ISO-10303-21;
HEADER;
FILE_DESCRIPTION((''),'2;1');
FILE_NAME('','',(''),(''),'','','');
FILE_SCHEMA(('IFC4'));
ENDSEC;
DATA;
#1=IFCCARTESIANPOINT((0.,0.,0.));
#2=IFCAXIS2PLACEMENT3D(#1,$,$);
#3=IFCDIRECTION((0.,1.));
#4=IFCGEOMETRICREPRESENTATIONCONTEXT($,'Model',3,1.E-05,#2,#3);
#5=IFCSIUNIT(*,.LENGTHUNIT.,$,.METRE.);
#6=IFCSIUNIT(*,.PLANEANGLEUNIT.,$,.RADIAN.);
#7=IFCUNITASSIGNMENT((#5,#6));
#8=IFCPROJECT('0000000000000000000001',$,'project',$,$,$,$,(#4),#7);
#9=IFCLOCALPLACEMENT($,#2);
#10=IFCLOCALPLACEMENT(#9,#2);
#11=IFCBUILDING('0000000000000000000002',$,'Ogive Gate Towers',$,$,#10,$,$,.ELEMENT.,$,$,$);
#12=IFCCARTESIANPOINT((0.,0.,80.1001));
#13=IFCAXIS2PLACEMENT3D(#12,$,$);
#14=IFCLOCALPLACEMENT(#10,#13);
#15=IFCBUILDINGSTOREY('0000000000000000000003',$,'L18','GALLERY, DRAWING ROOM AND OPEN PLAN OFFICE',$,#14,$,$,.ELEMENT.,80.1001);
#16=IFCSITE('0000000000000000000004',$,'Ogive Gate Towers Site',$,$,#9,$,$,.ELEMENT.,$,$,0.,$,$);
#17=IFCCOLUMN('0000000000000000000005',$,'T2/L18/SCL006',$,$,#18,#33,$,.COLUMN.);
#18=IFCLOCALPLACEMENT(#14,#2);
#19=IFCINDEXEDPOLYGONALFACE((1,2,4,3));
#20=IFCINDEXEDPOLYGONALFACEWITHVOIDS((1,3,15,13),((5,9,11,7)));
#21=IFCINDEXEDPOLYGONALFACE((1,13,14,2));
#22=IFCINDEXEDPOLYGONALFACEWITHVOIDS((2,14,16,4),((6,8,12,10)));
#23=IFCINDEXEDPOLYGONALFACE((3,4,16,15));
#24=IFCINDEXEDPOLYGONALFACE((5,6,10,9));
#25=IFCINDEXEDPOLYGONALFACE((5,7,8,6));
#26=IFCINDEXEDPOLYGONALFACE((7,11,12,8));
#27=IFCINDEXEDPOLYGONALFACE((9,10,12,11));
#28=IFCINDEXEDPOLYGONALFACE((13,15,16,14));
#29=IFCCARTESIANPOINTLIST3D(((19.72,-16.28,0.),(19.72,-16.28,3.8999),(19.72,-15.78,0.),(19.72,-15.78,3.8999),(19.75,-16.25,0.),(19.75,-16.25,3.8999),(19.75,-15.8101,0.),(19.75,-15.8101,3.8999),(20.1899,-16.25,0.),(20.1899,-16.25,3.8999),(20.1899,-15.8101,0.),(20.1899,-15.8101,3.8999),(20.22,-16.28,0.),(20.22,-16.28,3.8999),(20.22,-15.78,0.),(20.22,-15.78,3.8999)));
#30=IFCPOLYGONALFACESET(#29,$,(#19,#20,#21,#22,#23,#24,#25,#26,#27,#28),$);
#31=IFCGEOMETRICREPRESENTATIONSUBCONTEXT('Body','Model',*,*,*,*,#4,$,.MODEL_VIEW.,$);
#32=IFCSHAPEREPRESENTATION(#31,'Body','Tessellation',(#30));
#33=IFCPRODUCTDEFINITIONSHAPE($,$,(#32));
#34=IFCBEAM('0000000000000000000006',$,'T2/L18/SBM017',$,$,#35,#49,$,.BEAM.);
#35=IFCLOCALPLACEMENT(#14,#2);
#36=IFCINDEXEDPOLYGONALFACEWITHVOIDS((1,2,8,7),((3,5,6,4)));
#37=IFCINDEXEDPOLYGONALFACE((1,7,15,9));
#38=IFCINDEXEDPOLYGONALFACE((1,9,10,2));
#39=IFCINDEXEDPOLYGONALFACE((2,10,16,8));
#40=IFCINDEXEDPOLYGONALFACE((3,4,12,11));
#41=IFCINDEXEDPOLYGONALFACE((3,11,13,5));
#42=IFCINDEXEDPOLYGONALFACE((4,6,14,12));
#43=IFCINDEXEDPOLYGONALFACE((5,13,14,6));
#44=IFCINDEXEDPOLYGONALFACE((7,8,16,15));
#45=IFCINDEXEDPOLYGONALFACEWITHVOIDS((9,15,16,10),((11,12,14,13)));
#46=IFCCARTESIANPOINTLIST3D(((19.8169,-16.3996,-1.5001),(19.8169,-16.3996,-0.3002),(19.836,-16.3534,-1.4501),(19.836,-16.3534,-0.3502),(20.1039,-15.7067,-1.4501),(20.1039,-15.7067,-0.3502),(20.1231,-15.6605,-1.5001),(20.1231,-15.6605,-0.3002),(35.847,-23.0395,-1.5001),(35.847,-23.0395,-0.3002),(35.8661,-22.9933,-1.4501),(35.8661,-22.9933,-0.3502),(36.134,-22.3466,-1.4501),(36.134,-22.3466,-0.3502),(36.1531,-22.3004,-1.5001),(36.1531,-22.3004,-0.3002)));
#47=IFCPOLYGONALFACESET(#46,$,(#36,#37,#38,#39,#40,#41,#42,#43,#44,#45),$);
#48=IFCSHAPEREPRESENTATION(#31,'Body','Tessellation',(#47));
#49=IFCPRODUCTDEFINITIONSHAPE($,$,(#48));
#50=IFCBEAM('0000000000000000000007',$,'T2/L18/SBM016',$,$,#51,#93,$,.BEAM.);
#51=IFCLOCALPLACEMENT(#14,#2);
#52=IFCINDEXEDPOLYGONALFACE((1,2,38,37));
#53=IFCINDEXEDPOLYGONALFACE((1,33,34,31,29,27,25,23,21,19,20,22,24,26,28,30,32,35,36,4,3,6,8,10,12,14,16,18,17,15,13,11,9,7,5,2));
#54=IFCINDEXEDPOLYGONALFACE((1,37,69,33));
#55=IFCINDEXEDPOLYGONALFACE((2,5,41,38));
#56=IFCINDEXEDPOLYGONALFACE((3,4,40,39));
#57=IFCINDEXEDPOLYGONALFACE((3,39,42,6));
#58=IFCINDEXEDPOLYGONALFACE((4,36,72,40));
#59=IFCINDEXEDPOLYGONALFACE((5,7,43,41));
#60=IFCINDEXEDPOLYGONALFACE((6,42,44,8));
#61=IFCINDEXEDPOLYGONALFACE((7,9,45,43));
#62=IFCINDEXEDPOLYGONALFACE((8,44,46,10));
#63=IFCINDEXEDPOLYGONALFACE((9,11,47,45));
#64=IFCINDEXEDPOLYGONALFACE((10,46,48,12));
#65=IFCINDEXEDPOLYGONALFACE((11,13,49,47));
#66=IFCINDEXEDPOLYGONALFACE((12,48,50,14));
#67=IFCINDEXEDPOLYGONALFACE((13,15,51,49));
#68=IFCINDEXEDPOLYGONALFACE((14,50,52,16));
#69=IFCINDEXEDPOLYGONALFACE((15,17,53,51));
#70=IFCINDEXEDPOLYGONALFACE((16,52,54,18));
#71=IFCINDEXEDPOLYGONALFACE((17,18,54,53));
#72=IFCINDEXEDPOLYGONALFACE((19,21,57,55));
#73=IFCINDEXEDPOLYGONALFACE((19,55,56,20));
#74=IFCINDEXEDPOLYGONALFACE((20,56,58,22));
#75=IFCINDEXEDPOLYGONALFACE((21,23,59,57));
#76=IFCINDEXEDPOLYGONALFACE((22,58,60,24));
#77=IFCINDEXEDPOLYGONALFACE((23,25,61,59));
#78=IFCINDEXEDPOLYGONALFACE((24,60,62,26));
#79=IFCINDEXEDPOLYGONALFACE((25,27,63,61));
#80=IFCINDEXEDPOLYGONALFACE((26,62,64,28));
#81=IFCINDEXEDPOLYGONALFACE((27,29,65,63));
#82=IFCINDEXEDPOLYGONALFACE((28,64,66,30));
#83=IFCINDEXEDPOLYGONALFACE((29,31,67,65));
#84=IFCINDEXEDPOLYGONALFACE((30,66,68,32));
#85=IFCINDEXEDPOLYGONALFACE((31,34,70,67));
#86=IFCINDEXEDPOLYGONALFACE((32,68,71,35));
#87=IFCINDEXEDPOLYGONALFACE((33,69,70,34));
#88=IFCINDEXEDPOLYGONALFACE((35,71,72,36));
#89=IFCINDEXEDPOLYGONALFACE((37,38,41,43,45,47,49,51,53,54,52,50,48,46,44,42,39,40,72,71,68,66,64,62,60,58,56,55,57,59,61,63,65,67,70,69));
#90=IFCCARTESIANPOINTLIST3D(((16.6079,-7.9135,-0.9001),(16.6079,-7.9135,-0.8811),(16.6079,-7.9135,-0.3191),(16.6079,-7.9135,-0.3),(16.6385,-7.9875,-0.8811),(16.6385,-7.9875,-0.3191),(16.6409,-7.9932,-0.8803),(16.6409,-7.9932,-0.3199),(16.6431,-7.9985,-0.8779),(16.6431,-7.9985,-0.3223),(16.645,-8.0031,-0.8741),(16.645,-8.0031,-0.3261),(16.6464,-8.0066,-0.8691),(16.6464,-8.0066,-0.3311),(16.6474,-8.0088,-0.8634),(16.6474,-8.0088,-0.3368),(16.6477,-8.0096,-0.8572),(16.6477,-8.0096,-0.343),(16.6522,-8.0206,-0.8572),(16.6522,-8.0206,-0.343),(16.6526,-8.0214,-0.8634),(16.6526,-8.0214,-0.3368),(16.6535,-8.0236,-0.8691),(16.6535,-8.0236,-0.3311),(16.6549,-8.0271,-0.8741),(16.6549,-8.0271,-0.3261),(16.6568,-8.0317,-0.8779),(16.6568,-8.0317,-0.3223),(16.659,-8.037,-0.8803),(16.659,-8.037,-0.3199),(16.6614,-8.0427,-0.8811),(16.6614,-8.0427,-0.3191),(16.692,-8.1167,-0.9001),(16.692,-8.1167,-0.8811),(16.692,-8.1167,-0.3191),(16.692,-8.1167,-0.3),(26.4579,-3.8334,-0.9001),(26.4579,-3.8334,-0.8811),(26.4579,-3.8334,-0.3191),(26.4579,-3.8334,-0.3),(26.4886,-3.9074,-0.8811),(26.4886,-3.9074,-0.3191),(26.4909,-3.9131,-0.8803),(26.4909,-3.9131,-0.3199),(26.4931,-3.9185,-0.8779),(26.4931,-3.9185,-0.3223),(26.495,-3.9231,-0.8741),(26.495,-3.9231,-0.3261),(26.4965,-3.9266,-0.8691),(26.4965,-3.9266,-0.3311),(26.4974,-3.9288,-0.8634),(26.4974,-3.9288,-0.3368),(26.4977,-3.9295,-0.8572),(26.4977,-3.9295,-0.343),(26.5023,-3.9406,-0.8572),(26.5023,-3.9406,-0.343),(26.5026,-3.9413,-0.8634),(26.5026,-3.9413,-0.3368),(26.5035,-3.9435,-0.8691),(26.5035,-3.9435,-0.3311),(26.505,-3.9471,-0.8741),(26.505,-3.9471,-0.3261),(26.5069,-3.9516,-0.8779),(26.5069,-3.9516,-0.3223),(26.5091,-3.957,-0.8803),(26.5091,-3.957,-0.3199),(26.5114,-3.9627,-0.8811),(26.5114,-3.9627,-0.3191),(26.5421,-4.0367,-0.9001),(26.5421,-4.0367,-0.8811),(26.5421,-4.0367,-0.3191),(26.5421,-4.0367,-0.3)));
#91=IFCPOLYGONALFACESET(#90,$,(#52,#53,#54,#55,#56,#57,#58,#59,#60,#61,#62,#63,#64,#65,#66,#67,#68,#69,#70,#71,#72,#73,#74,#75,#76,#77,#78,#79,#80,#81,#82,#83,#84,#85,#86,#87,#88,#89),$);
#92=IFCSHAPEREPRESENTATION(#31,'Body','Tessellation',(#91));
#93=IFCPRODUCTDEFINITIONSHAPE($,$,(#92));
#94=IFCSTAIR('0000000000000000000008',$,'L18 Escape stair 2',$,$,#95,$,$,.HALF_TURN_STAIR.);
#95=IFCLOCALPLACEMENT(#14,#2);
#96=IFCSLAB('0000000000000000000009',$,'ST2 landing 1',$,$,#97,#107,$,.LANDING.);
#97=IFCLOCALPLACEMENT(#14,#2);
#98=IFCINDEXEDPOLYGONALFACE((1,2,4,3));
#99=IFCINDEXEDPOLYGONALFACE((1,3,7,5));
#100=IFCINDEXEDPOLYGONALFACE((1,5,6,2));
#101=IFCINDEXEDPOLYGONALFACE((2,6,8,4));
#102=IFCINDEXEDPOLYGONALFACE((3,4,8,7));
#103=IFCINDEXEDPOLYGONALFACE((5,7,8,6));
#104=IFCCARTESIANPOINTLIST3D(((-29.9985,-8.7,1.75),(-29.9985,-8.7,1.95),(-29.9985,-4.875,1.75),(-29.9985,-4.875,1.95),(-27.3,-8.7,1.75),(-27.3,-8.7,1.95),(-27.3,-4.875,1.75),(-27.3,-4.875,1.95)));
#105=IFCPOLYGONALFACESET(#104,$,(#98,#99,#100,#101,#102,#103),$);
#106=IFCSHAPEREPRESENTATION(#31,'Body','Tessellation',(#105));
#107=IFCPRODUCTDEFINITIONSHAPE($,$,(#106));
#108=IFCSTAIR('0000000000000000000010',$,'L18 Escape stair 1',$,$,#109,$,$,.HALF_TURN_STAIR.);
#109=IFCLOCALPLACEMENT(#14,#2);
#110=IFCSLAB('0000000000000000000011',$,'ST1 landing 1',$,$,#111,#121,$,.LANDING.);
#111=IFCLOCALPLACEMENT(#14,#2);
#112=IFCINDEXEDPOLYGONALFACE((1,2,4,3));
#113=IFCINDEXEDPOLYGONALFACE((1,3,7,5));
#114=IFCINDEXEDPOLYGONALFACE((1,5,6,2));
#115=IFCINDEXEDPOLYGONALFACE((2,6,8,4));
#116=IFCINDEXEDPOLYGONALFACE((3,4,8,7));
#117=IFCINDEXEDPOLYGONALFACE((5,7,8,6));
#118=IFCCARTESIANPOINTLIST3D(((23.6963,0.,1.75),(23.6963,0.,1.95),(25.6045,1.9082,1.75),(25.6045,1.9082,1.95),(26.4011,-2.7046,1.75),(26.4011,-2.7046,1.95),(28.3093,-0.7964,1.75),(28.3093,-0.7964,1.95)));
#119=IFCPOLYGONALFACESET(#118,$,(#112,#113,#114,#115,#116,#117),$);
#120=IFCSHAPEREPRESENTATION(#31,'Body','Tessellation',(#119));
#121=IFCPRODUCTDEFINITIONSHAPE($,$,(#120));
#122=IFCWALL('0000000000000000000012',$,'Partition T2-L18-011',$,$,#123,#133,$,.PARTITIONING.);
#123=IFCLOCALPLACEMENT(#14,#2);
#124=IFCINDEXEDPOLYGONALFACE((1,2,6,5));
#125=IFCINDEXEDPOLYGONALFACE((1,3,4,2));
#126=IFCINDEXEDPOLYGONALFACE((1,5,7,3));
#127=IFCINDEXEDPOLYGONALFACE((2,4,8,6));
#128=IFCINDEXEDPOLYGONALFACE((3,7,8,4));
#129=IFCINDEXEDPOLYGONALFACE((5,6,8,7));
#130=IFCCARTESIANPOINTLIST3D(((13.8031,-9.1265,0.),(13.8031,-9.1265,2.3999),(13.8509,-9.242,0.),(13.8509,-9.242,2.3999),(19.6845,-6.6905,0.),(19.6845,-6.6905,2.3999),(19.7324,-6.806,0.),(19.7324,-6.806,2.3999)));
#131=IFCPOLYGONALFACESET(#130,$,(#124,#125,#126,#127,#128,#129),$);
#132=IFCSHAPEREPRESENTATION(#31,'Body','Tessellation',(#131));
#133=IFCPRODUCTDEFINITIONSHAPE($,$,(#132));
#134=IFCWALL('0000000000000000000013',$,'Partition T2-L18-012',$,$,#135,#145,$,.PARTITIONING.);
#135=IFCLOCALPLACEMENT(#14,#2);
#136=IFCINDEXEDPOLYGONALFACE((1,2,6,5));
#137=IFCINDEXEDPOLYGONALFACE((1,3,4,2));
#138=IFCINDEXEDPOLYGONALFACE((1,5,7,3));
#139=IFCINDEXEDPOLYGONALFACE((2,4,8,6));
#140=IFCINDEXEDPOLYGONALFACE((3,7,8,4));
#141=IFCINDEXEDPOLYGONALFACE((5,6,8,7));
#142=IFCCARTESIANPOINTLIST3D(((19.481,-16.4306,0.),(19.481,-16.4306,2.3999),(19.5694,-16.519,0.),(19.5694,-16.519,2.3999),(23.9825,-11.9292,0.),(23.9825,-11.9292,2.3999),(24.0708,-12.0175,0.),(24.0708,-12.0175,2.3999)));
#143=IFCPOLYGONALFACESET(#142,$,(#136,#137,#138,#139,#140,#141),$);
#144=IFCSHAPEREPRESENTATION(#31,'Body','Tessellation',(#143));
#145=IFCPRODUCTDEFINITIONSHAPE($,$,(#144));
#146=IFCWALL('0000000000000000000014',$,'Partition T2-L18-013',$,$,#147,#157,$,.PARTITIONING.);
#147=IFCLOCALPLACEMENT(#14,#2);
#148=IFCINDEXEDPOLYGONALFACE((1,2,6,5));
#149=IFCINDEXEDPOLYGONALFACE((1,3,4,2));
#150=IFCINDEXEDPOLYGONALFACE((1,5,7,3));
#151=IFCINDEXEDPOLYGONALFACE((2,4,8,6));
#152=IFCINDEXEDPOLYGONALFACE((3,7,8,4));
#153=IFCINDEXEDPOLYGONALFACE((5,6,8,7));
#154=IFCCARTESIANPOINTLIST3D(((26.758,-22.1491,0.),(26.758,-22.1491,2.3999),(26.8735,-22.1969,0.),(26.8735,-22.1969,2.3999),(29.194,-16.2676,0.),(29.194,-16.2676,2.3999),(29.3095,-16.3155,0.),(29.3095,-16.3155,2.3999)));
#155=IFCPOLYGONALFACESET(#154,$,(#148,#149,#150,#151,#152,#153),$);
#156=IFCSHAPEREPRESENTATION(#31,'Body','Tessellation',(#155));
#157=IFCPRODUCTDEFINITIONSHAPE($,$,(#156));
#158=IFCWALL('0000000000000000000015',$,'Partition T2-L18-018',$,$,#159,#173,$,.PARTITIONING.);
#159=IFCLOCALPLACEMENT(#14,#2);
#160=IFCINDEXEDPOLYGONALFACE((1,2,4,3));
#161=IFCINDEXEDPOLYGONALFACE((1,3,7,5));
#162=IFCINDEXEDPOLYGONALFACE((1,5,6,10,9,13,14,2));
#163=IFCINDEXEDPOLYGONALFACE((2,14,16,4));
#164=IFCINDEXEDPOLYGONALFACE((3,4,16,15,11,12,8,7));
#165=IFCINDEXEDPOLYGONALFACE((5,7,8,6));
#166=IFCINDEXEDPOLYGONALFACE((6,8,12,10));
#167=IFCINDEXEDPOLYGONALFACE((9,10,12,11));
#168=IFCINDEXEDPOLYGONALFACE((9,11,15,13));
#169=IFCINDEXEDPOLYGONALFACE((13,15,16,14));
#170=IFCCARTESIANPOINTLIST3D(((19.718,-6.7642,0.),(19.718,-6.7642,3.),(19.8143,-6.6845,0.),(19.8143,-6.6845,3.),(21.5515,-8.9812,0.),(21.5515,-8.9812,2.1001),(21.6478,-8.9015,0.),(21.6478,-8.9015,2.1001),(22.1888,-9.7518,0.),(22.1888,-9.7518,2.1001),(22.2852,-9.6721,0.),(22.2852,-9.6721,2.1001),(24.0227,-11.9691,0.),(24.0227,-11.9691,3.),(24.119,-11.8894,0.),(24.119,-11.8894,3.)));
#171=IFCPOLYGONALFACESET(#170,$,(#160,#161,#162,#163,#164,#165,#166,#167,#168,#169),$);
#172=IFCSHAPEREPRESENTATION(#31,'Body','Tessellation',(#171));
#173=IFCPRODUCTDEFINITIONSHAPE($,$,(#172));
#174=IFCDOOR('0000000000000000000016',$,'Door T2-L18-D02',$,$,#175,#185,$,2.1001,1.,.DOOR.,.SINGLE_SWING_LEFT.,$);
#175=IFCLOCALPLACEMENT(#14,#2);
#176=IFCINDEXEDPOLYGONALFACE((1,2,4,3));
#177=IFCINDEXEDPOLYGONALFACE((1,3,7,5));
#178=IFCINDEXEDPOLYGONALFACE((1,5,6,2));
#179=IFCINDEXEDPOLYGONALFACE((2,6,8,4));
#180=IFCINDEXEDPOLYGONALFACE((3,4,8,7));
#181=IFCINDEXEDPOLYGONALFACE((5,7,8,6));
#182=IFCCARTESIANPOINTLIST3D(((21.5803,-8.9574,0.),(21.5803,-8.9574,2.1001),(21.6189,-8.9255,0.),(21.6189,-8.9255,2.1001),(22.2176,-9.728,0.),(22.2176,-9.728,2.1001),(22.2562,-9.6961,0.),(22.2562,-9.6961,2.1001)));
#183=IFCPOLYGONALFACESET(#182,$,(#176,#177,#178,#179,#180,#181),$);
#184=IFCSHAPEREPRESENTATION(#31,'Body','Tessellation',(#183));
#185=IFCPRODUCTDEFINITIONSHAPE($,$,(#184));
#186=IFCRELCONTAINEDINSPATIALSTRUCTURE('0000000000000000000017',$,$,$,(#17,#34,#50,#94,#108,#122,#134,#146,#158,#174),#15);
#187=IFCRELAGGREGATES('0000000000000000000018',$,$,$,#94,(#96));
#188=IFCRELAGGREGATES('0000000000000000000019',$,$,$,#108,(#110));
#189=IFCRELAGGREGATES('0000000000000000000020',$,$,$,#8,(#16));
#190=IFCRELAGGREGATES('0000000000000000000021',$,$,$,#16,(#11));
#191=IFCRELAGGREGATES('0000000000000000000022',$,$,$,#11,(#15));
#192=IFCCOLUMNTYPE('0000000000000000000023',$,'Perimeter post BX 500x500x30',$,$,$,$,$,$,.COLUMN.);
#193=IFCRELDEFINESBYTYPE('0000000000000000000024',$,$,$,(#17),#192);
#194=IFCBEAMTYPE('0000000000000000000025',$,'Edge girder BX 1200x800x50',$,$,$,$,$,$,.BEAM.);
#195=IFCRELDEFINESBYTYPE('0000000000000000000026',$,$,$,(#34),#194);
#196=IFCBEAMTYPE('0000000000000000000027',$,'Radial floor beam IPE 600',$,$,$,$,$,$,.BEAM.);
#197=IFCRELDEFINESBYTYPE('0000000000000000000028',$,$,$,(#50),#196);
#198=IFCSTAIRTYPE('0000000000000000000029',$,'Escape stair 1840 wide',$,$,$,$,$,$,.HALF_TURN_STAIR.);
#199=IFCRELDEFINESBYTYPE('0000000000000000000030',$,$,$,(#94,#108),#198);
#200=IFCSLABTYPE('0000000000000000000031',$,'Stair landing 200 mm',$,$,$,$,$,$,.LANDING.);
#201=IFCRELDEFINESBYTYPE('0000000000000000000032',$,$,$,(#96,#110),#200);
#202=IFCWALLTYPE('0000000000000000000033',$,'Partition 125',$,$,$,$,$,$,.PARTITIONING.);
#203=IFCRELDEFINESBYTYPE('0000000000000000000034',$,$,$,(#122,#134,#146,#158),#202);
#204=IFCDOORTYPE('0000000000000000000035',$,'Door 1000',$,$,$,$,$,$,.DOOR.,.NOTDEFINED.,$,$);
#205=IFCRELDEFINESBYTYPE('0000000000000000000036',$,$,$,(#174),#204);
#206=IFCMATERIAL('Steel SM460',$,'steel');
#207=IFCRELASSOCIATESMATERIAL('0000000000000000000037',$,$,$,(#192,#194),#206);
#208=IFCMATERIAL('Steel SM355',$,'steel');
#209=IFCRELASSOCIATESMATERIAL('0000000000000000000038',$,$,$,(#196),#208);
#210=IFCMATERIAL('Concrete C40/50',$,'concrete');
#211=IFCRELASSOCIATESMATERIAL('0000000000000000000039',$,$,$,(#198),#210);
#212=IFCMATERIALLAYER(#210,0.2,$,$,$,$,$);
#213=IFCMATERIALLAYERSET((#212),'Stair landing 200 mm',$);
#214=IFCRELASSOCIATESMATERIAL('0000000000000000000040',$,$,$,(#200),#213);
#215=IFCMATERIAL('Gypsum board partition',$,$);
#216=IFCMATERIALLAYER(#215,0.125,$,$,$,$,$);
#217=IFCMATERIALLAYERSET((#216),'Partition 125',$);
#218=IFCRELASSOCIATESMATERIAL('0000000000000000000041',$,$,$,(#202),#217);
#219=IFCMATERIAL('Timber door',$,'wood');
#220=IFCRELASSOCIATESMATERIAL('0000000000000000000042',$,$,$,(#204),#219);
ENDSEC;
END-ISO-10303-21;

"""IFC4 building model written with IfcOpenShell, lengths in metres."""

from ifc_helpers import new_model, si_unit, direction, frame, frame_2d, origin, origin_2d, place, context, subcontext, project, spatial, polyline, rectangle, hollow_rectangle, i_section, outline, extrude, material, layer, layer_set, material_profile, profile_set, type_object, element, fill, aggregate, save


model = new_model("IFC4")

# Units and contexts
model_context = context("Model", 3, precision=1e-05, world=origin(), true_north=direction((0.0, 1.0)))
body_context = subcontext(model_context, "Body", "Model", "MODEL_VIEW")
ifc_project = project(units=[si_unit("LENGTHUNIT", "METRE"), si_unit("PLANEANGLEUNIT", "RADIAN")], contexts=[model_context])

# Site, building, storey
site_placement = place(None, origin())
site = spatial("IfcSite", under=ifc_project, at=site_placement, Name="Ogive Gate Towers Site", CompositionType="ELEMENT", RefElevation=0.0)
building_placement = place(site_placement, origin())
building = spatial("IfcBuilding", under=site, at=building_placement, Name="Ogive Gate Towers", CompositionType="ELEMENT")
storey_placement = place(building_placement, frame((0.0, 0.0, 80.1001)))
storey = spatial("IfcBuildingStorey", under=building, at=storey_placement, Name="L18", Description="GALLERY, DRAWING ROOM AND OPEN PLAN OFFICE", CompositionType="ELEMENT", Elevation=80.1001)

# Column
ifc_material_1 = material(Name="Steel SM460", Category="steel")
ifc_material_profile_1 = material_profile(ifc_material_1, hollow_rectangle(XDim=0.5, YDim=0.5, WallThickness=0.03, at=origin_2d()), Name="BX 500x500x30")
ifc_profile_set_1 = profile_set([ifc_material_profile_1], Name="Steel SM460")
column_type = type_object("IfcColumnType", Name="Perimeter post BX 500x500x30", PredefinedType="COLUMN", material=ifc_profile_set_1)
column_placement = place(storey_placement, frame((19.97, -16.03, 0.0), z_axis=(0.0, 0.0, 1.0), x_axis=(1.0, 0.0, 0.0)))
element("IfcColumn", 1, at=column_placement, inside=storey, type_object=column_type, Name="T2/L18/SCL006", PredefinedType="COLUMN", context=body_context, shape_type="SweptSolid", body=[
    extrude(hollow_rectangle(XDim=0.5, YDim=0.5, WallThickness=0.03, at=origin_2d()), origin(), (0.0, 0.0, 1.0), 3.8999),
])

# Beams
ifc_material_profile_2 = material_profile(ifc_material_1, hollow_rectangle(XDim=0.8, YDim=1.2, WallThickness=0.05, at=origin_2d()), Name="BX 1200x800x50")
ifc_profile_set_2 = profile_set([ifc_material_profile_2], Name="Steel SM460")
beam_type_1 = type_object("IfcBeamType", Name="Edge girder BX 1200x800x50", PredefinedType="BEAM", material=ifc_profile_set_2)
beam_1_placement = place(storey_placement, frame((19.97, -16.03, -0.9001), z_axis=(0.923879, -0.382685, 0.0), x_axis=(0.382685, 0.923879, 0.0)))
element("IfcBeam", 2, at=beam_1_placement, inside=storey, type_object=beam_type_1, Name="T2/L18/SBM017", PredefinedType="BEAM", context=body_context, shape_type="SweptSolid", body=[
    extrude(hollow_rectangle(XDim=0.8, YDim=1.2, WallThickness=0.05, at=origin_2d()), origin(), (0.0, 0.0, 1.0), 17.3508),
])
ifc_material_2 = material(Name="Steel SM355", Category="steel")
ifc_material_profile_3 = material_profile(ifc_material_2, i_section(OverallWidth=0.22, OverallDepth=0.6001, WebThickness=0.012, FlangeThickness=0.019, FilletRadius=0.0239, at=origin_2d()), Name="IPE 600")
ifc_profile_set_3 = profile_set([ifc_material_profile_3], Name="Steel SM355")
beam_type_2 = type_object("IfcBeamType", Name="Radial floor beam IPE 600", PredefinedType="BEAM", material=ifc_profile_set_3)
beam_2_placement = place(storey_placement, frame((26.5, -3.9351, -0.6001), z_axis=(-0.923878, -0.382686, 0.0), x_axis=(0.382686, -0.923878, 0.0)))
element("IfcBeam", 3, at=beam_2_placement, inside=storey, type_object=beam_type_2, Name="T2/L18/SBM016", PredefinedType="BEAM", context=body_context, shape_type="SweptSolid", body=[
    extrude(i_section(OverallWidth=0.22, OverallDepth=0.6001, WebThickness=0.012, FlangeThickness=0.019, FilletRadius=0.0239, at=origin_2d()), origin(), (0.0, 0.0, 1.0), 10.6616),
])

# Stairs, slabs
ifc_material_3 = material(Name="Concrete C40/50", Category="concrete")
stair_type = type_object("IfcStairType", Name="Escape stair 1840 wide", PredefinedType="HALF_TURN_STAIR", material=ifc_material_3)
stair_1_placement = place(storey_placement, origin())
stair_1 = element("IfcStair", 4, at=stair_1_placement, inside=storey, type_object=stair_type, Name="L18 Escape stair 2", PredefinedType="HALF_TURN_STAIR")
ifc_layer_1 = layer(ifc_material_3, 0.2)
ifc_layer_set_1 = layer_set([ifc_layer_1], Name="Stair landing 200 mm")
slab_type = type_object("IfcSlabType", Name="Stair landing 200 mm", PredefinedType="LANDING", material=ifc_layer_set_1)
slab_1_placement = place(storey_placement, frame((0.0, 0.0, 1.75)))
slab_1 = element("IfcSlab", 5, at=slab_1_placement, type_object=slab_type, Name="ST2 landing 1", PredefinedType="LANDING", context=body_context, shape_type="SweptSolid", body=[
    extrude(outline(polyline([(-29.9985, -8.7), (-27.3, -8.7), (-27.3, -4.875), (-29.9985, -4.875), (-29.9985, -8.7)])), origin(), (0.0, 0.0, 1.0), 0.2),
])
aggregate(stair_1, [slab_1])
stair_2_placement = place(storey_placement, origin())
stair_2 = element("IfcStair", 6, at=stair_2_placement, inside=storey, type_object=stair_type, Name="L18 Escape stair 1", PredefinedType="HALF_TURN_STAIR")
slab_2_placement = place(storey_placement, frame((0.0, 0.0, 1.75)))
slab_2 = element("IfcSlab", 7, at=slab_2_placement, type_object=slab_type, Name="ST1 landing 1", PredefinedType="LANDING", context=body_context, shape_type="SweptSolid", body=[
    extrude(outline(polyline([(25.6045, 1.9082), (23.6963, 0.0), (26.4011, -2.7046), (28.3093, -0.7964), (25.6045, 1.9082)])), origin(), (0.0, 0.0, 1.0), 0.2),
])
aggregate(stair_2, [slab_2])

# Walls
ifc_material_4 = material(Name="Gypsum board partition")
ifc_layer_2 = layer(ifc_material_4, 0.125)
ifc_layer_set_2 = layer_set([ifc_layer_2], Name="Partition 125")
wall_type_1 = type_object("IfcWallType", Name="Partition 125", PredefinedType="PARTITIONING", material=ifc_layer_set_2)
for number, where, z_axis, x_axis, name in (
    (8, (13.8269, -9.1843, 0.0), (0.0, 0.0, 1.0), (0.923885, 0.38267, 0.0), "Partition T2-L18-011"),
    (9, (19.5251, -16.4749, 0.0), (0.0, 0.0, 1.0), (0.707107, 0.707107, 0.0), "Partition T2-L18-012"),
    (10, (26.8157, -22.1731, 0.0), (0.0, 0.0, 1.0), (0.38267, 0.923885, 0.0), "Partition T2-L18-013"),
):
    element("IfcWall", number, at=place(storey_placement, frame(where, z_axis=z_axis, x_axis=x_axis)), inside=storey, type_object=wall_type_1, Name=name, PredefinedType="PARTITIONING", context=body_context, shape_type="SweptSolid", body=[
        extrude(rectangle(XDim=6.366, YDim=0.125, at=frame_2d((3.1831, 0.0))), origin(), (0.0, 0.0, 1.0), 2.3999),
    ])

# Wall, opening, door
wall_1_placement = place(storey_placement, frame((19.7661, -6.7244, 0.0), z_axis=(0.0, 0.0, 1.0), x_axis=(0.637325, -0.770595, 0.0)))
wall_1 = element("IfcWall", 11, at=wall_1_placement, inside=storey, type_object=wall_type_1, Name="Partition T2-L18-018", PredefinedType="PARTITIONING", context=body_context, shape_type="SweptSolid", body=[
    extrude(rectangle(XDim=6.7544, YDim=0.125, at=frame_2d((3.3772, 0.0))), origin(), (0.0, 0.0, 1.0), 3.0),
])
opening_1_placement = place(wall_1_placement, frame((2.877, 0.0, 0.0)))
opening_1 = element("IfcOpeningElement", 12, at=opening_1_placement, cuts=wall_1, PredefinedType="OPENING", context=body_context, shape_type="SweptSolid", body=[
    extrude(rectangle(XDim=1.0, YDim=2.1001, at=frame_2d((0.5, 1.05))), frame((0.0, 0.0725, 0.0), z_axis=(0.0, -1.0, 0.0), x_axis=(1.0, 0.0, 0.0)), (0.0, 0.0, 1.0), 0.145),
])
ifc_material_5 = material(Name="Timber door", Category="wood")
door_type = type_object("IfcDoorType", Name="Door 1000", OperationType="NOTDEFINED", PredefinedType="DOOR", material=ifc_material_5)
door_1_placement = place(opening_1_placement, origin())
door_1 = element("IfcDoor", 13, at=door_1_placement, inside=storey, type_object=door_type, Name="Door T2-L18-D02", OperationType="SINGLE_SWING_LEFT", OverallHeight=2.1001, OverallWidth=1.0, PredefinedType="DOOR", context=body_context, shape_type="SweptSolid", body=[
    extrude(rectangle(XDim=1.0, YDim=2.1001, at=frame_2d((0.5, 1.05))), frame((0.0, 0.0249, 0.0), z_axis=(0.0, -1.0, 0.0), x_axis=(1.0, 0.0, 0.0)), (0.0, 0.0, 1.0), 0.05),
])
fill(opening_1, door_1)

save(model, "model.ifc")
